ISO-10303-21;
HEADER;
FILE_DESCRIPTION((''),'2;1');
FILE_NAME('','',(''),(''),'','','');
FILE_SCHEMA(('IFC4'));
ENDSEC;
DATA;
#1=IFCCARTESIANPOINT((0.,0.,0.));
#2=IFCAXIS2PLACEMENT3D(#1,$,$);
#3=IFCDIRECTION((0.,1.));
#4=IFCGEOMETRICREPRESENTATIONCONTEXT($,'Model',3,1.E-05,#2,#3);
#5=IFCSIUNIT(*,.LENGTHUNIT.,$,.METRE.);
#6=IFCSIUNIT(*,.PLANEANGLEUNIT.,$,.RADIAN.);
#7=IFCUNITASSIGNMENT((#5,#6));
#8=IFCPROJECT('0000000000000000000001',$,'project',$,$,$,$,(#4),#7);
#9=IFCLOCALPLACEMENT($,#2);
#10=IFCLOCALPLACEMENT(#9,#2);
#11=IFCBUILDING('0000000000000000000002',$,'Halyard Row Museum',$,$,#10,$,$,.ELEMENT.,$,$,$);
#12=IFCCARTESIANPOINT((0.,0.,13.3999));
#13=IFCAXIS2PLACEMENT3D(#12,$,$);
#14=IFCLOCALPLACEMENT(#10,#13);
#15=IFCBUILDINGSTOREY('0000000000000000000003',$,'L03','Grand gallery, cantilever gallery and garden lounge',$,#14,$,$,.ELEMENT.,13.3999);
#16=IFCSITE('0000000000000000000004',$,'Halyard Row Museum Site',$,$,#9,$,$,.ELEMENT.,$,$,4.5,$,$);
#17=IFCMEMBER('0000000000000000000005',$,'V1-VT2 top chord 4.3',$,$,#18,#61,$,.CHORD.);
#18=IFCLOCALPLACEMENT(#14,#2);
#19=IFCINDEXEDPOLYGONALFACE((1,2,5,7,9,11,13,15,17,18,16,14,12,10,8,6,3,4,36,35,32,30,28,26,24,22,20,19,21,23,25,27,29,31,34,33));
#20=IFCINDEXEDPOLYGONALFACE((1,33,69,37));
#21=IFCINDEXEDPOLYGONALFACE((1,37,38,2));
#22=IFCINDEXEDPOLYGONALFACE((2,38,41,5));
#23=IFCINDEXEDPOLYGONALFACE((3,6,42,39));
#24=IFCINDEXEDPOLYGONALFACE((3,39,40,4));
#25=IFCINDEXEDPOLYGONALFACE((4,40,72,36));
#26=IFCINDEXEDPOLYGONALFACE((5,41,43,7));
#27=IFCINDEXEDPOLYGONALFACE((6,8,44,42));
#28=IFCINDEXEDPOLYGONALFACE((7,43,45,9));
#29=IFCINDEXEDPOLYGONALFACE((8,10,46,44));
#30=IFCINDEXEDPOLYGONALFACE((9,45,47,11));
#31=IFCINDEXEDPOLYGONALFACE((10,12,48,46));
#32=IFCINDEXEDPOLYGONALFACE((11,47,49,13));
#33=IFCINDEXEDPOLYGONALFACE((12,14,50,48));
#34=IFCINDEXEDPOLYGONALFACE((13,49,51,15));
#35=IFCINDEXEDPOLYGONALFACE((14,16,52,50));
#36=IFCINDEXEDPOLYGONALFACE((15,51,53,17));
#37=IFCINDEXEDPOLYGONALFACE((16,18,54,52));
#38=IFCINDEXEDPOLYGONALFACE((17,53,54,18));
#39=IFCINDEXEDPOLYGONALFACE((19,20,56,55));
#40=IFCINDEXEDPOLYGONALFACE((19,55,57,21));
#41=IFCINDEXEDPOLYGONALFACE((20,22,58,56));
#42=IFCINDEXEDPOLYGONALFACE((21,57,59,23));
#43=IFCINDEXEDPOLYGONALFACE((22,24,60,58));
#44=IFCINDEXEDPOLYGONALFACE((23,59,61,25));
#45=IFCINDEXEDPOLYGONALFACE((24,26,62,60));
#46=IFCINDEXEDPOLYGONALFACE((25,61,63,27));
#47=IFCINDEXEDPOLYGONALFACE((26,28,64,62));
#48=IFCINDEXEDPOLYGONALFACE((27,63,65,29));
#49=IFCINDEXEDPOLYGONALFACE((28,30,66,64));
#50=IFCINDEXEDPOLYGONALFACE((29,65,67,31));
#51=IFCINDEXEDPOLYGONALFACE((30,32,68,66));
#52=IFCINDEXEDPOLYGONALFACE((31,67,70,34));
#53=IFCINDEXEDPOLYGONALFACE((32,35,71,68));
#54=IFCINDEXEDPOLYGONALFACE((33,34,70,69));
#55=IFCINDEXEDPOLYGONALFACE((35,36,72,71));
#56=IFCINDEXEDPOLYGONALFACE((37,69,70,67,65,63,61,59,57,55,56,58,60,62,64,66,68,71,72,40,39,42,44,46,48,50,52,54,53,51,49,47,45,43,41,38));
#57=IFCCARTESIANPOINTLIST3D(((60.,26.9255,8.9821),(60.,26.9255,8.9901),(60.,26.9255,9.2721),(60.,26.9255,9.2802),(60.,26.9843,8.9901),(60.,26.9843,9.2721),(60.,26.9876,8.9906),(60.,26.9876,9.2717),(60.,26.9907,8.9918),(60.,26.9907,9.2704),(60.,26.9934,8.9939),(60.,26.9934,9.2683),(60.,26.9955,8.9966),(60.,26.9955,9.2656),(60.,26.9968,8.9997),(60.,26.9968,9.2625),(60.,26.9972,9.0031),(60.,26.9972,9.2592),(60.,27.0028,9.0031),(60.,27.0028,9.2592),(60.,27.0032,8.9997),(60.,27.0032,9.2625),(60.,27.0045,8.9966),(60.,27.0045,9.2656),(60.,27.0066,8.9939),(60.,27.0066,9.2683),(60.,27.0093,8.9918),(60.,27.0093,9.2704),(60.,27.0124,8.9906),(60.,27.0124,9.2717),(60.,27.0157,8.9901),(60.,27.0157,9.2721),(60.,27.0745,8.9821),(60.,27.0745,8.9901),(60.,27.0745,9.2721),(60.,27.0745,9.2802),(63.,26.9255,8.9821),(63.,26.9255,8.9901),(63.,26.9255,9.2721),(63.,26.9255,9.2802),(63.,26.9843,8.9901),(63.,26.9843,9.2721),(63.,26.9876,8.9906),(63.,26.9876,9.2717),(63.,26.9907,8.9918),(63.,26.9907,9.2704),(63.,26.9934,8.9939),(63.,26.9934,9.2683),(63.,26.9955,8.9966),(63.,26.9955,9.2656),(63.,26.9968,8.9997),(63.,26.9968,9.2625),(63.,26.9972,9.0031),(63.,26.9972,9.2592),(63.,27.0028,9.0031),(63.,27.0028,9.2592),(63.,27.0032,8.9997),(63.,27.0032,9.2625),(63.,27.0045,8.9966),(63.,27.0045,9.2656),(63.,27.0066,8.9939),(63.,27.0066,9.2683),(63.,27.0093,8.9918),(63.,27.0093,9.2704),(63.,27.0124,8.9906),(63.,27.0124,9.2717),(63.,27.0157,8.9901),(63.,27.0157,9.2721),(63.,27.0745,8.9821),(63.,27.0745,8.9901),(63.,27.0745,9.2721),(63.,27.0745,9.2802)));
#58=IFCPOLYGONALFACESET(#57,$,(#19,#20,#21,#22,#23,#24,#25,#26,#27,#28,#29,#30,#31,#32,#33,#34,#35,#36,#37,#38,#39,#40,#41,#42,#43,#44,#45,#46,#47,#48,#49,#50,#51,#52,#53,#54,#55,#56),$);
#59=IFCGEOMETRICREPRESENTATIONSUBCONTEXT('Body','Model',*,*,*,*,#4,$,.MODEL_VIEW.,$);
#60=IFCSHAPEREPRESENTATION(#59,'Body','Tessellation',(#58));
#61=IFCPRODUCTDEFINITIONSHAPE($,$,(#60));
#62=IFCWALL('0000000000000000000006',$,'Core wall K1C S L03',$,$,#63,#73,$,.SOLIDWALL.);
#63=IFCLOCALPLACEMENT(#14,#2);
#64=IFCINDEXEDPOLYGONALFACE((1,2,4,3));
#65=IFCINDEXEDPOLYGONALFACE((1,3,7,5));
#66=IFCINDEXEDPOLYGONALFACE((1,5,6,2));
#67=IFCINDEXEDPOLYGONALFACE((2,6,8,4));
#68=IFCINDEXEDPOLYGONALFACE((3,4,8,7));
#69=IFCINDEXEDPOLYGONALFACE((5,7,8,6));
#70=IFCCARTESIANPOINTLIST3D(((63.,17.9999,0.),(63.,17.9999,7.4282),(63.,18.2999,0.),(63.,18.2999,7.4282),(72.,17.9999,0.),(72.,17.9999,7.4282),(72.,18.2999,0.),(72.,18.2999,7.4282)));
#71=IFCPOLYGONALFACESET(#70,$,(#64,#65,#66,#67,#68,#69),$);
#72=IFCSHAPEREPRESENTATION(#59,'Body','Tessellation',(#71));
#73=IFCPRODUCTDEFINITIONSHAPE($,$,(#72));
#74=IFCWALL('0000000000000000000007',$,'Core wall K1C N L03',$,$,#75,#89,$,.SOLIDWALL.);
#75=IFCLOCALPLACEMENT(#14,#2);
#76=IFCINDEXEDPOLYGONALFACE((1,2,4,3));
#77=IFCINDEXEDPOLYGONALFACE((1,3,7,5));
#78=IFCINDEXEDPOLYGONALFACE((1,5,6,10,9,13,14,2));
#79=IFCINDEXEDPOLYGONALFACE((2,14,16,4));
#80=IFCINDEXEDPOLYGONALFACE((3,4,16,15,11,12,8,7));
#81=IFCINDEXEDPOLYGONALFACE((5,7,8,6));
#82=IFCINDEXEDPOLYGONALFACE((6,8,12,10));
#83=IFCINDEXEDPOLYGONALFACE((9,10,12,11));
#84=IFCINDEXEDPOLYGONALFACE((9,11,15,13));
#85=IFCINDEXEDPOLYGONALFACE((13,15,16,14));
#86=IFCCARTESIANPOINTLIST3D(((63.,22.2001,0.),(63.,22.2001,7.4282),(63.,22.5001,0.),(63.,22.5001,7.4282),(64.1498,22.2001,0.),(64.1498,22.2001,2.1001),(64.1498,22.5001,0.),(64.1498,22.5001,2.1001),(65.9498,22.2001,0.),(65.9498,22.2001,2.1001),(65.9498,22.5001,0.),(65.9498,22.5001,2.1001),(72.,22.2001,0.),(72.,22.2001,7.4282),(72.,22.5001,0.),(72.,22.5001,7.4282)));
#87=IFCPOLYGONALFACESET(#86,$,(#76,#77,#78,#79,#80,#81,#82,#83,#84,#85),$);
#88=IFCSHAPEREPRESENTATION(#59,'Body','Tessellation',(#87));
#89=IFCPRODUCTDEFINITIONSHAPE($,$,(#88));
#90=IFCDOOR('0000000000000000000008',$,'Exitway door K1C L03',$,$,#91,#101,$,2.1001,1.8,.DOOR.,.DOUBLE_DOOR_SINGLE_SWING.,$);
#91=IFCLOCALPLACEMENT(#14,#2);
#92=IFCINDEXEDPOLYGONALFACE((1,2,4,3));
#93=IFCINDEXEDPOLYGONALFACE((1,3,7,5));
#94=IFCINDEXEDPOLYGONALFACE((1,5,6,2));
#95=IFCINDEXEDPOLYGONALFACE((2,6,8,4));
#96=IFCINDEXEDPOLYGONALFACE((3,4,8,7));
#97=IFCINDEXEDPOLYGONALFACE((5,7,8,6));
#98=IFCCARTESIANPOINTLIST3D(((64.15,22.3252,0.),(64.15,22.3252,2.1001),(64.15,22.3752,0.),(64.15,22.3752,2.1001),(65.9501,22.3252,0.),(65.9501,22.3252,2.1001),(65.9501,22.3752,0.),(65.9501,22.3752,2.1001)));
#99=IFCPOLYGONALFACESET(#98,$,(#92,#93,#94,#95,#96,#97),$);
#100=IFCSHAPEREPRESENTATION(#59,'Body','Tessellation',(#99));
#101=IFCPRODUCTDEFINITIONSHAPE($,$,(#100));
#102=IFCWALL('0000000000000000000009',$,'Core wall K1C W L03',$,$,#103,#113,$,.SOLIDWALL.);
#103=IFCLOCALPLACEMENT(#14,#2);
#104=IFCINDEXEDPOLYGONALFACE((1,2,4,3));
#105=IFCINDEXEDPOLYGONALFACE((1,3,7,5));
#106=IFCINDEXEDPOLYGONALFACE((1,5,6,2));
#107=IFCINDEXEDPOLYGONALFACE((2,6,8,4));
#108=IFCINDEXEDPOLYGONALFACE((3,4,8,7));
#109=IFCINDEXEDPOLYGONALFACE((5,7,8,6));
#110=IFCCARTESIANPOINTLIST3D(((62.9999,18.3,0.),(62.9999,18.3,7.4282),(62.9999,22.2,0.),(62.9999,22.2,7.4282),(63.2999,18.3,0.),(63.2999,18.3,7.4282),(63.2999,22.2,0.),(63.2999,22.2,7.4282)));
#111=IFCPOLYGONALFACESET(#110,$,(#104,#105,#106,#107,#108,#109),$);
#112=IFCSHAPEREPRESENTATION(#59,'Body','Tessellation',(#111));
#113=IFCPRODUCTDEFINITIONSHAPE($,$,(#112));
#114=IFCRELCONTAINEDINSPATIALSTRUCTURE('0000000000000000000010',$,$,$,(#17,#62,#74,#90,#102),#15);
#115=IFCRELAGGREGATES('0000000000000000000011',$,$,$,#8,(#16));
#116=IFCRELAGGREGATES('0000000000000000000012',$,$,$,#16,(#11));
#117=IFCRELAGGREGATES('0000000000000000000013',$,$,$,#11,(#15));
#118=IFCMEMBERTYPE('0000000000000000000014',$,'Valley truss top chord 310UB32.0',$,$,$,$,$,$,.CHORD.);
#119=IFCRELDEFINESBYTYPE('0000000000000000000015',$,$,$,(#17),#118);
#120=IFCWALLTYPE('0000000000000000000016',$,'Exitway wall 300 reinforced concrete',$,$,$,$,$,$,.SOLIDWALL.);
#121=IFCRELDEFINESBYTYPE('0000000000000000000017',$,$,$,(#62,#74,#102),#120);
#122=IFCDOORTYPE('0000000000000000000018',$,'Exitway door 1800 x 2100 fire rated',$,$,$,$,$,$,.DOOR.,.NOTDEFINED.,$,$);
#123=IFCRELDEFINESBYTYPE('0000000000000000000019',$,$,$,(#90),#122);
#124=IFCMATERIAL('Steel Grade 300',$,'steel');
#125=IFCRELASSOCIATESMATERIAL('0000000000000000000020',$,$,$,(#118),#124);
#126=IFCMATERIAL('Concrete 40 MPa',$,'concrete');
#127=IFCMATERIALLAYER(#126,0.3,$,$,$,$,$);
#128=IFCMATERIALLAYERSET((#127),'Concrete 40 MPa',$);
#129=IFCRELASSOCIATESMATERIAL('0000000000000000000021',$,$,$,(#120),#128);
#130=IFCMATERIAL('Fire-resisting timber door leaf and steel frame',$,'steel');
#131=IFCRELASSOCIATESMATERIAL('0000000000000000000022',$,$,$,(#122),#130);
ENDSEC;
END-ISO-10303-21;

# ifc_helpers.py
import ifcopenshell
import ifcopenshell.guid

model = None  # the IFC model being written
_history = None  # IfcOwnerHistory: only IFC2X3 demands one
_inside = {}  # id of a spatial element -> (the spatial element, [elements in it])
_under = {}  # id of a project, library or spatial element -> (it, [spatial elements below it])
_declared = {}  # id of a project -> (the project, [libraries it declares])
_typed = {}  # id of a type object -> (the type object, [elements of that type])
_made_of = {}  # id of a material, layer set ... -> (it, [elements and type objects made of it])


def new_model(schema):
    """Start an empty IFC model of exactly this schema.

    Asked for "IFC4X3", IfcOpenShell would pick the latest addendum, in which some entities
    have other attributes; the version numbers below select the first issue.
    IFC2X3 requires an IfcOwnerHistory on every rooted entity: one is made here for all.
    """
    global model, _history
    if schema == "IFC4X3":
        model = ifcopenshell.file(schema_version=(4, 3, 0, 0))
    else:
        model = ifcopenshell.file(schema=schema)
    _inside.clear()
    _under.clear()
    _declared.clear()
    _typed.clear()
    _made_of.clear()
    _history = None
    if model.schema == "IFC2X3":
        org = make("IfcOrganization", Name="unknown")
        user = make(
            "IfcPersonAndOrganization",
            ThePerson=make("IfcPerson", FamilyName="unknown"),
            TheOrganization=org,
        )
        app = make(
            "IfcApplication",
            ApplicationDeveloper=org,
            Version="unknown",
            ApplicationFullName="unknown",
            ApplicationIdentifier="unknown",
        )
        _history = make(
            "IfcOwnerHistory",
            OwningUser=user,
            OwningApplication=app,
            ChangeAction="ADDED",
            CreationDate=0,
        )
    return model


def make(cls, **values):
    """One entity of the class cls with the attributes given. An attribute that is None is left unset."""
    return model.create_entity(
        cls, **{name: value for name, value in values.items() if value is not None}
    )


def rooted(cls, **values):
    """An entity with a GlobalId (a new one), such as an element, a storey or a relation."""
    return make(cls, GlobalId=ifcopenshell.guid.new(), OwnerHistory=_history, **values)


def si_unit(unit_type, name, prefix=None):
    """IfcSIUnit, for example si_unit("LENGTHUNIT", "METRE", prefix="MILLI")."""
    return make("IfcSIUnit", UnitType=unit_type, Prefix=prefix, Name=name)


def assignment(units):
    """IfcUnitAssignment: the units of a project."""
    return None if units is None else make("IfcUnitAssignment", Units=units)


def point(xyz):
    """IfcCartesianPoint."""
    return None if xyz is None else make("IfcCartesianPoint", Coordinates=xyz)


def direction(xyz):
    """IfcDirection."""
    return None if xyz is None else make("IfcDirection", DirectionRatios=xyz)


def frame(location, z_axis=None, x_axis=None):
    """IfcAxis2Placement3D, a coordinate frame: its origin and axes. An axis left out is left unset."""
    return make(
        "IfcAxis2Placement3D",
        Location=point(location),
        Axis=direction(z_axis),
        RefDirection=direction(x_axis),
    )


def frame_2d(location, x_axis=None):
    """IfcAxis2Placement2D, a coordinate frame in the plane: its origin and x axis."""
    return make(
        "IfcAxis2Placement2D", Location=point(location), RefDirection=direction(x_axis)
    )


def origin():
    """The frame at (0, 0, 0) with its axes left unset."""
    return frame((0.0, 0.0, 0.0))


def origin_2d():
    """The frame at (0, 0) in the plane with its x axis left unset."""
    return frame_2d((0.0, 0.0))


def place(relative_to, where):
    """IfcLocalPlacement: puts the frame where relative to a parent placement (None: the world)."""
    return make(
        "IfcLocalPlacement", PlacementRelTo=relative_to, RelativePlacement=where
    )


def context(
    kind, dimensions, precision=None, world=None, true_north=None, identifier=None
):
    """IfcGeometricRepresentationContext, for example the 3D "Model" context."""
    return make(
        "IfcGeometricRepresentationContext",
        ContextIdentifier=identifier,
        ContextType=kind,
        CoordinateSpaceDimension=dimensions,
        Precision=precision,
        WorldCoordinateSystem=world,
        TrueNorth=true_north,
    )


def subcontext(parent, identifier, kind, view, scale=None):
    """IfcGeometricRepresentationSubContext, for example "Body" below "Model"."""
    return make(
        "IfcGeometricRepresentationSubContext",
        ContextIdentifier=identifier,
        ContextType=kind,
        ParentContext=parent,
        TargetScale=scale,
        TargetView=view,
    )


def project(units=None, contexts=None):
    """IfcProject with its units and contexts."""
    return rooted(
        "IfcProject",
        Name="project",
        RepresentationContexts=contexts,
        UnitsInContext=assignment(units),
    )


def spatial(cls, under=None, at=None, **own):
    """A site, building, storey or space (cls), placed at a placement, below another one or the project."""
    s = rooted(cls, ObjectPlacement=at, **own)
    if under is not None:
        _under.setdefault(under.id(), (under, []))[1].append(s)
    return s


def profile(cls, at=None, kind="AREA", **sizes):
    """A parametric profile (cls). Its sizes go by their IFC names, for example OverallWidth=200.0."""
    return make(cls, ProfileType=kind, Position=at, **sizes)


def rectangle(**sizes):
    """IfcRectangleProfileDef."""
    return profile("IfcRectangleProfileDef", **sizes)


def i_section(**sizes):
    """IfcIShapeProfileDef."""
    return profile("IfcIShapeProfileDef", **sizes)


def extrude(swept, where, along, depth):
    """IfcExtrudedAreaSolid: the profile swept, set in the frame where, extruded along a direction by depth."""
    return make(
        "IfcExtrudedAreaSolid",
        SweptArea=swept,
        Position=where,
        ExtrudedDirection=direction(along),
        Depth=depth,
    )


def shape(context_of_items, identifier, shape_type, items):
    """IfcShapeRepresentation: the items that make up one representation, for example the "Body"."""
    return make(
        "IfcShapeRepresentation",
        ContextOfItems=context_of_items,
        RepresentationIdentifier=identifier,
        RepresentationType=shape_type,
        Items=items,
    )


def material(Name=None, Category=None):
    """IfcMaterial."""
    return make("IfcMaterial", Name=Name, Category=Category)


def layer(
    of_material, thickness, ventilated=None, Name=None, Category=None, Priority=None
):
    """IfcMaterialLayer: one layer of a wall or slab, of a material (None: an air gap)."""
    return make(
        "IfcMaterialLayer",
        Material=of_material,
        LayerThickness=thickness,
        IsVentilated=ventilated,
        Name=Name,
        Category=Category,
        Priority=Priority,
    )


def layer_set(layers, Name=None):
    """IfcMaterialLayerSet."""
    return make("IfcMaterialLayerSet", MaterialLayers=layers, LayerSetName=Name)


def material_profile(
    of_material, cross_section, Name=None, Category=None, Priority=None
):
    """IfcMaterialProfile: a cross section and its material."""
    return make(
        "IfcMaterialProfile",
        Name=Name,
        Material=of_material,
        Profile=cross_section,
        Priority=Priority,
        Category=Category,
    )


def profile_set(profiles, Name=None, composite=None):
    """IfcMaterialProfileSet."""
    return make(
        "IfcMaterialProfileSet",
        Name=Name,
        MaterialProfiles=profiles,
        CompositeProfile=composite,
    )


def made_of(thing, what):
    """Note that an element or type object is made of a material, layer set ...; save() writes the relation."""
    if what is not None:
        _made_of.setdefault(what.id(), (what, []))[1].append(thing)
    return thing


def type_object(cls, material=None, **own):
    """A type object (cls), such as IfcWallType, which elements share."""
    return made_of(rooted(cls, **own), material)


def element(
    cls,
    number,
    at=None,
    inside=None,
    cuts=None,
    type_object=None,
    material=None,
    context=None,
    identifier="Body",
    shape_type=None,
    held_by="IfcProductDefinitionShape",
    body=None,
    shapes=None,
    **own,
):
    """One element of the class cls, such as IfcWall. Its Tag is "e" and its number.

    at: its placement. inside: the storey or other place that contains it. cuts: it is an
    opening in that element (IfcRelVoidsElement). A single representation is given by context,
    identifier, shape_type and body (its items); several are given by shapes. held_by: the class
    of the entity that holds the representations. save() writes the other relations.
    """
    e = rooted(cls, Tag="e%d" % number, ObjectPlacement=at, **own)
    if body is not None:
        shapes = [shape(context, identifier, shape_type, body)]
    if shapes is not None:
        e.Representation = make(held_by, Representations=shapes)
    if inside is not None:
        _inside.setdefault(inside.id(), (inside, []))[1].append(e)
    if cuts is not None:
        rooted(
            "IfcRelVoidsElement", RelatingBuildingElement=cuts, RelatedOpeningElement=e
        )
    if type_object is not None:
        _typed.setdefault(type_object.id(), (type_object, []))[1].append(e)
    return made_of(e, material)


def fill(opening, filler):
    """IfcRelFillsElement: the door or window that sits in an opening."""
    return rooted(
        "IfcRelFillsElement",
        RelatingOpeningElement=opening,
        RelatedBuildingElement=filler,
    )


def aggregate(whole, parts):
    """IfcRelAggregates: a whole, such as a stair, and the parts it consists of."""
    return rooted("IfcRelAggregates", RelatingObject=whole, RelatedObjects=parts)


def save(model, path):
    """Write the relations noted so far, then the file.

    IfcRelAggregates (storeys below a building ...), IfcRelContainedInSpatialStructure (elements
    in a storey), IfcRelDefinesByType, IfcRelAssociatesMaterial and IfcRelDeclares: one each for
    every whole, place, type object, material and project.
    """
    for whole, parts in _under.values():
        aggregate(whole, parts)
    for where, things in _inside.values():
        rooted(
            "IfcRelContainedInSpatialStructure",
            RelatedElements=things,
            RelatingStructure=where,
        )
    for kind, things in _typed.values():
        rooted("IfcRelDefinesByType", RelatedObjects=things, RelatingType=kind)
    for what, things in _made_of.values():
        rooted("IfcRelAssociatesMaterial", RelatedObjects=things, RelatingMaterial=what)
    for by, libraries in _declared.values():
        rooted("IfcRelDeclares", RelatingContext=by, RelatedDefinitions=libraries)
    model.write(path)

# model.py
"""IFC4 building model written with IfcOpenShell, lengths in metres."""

from ifc_helpers import new_model, si_unit, direction, frame, frame_2d, origin, origin_2d, place, context, subcontext, project, spatial, rectangle, i_section, extrude, material, layer, layer_set, material_profile, profile_set, type_object, element, fill, save


model = new_model("IFC4")

# Units and contexts
model_context = context("Model", 3, precision=1e-05, world=origin(), true_north=direction((0.0, 1.0)))
body_context = subcontext(model_context, "Body", "Model", "MODEL_VIEW")
ifc_project = project(units=[si_unit("LENGTHUNIT", "METRE"), si_unit("PLANEANGLEUNIT", "RADIAN")], contexts=[model_context])

# Site, building, storey
site_placement = place(None, origin())
site = spatial("IfcSite", under=ifc_project, at=site_placement, Name="Halyard Row Museum Site", CompositionType="ELEMENT", RefElevation=4.5)
building_placement = place(site_placement, origin())
building = spatial("IfcBuilding", under=site, at=building_placement, Name="Halyard Row Museum", CompositionType="ELEMENT")
storey_placement = place(building_placement, frame((0.0, 0.0, 13.3999)))
storey = spatial("IfcBuildingStorey", under=building, at=storey_placement, Name="L03", Description="Grand gallery, cantilever gallery and garden lounge", CompositionType="ELEMENT", Elevation=13.3999)

# Member
ifc_material_1 = material(Name="Steel Grade 300", Category="steel")
ifc_material_profile_1 = material_profile(ifc_material_1, i_section(OverallWidth=0.1489, OverallDepth=0.2981, WebThickness=0.0056, FlangeThickness=0.0081, FilletRadius=0.0129, at=origin_2d()), Name="310UB32.0")
ifc_profile_set_1 = profile_set([ifc_material_profile_1], Name="Steel Grade 300")
member_type_1 = type_object("IfcMemberType", Name="Valley truss top chord 310UB32.0", PredefinedType="CHORD", material=ifc_profile_set_1)
for number, where, z_axis, x_axis, name in (
    (1, (60.0, 27.0, 9.1311), (1.0, 0.0, 0.0), (0.0, 1.0, 0.0), "V1-VT2 top chord 4.3"),
):
    element("IfcMember", number, at=place(storey_placement, frame(where, z_axis=z_axis, x_axis=x_axis)), inside=storey, type_object=member_type_1, Name=name, PredefinedType="CHORD", context=body_context, shape_type="SweptSolid", body=[
        extrude(i_section(OverallWidth=0.1489, OverallDepth=0.2981, WebThickness=0.0056, FlangeThickness=0.0081, FilletRadius=0.0129, at=origin_2d()), origin(), (0.0, 0.0, 1.0), 3.0),
    ])

# Wall
ifc_material_2 = material(Name="Concrete 40 MPa", Category="concrete")
ifc_layer = layer(ifc_material_2, 0.3)
ifc_layer_set = layer_set([ifc_layer], Name="Concrete 40 MPa")
wall_type = type_object("IfcWallType", Name="Exitway wall 300 reinforced concrete", PredefinedType="SOLIDWALL", material=ifc_layer_set)
wall_1_placement = place(storey_placement, frame((63.0, 18.1499, 0.0), z_axis=(0.0, 0.0, 1.0), x_axis=(1.0, 0.0, 0.0)))
element("IfcWall", 2, at=wall_1_placement, inside=storey, type_object=wall_type, Name="Core wall K1C S L03", PredefinedType="SOLIDWALL", context=body_context, shape_type="SweptSolid", body=[
    extrude(rectangle(XDim=9.0, YDim=0.3, at=frame_2d((4.5, 0.0))), origin(), (0.0, 0.0, 1.0), 7.4282),
])

# Wall, opening, door
wall_2_placement = place(storey_placement, frame((63.0, 22.3501, 0.0), z_axis=(0.0, 0.0, 1.0), x_axis=(1.0, 0.0, 0.0)))
wall_2 = element("IfcWall", 3, at=wall_2_placement, inside=storey, type_object=wall_type, Name="Core wall K1C N L03", PredefinedType="SOLIDWALL", context=body_context, shape_type="SweptSolid", body=[
    extrude(rectangle(XDim=9.0, YDim=0.3, at=frame_2d((4.5, 0.0))), origin(), (0.0, 0.0, 1.0), 7.4282),
])
opening_placement = place(wall_2_placement, frame((1.1499, 0.0, 0.0)))
opening = element("IfcOpeningElement", 4, at=opening_placement, cuts=wall_2, PredefinedType="OPENING", context=body_context, shape_type="SweptSolid", body=[
    extrude(rectangle(XDim=1.8, YDim=2.1001, at=frame_2d((0.8999, 1.05))), frame((0.0, 0.1599, 0.0), z_axis=(0.0, -1.0, 0.0), x_axis=(1.0, 0.0, 0.0)), (0.0, 0.0, 1.0), 0.3201),
])
ifc_material_3 = material(Name="Fire-resisting timber door leaf and steel frame", Category="steel")
door_type = type_object("IfcDoorType", Name="Exitway door 1800 x 2100 fire rated", OperationType="NOTDEFINED", PredefinedType="DOOR", material=ifc_material_3)
door_placement = place(opening_placement, frame((1.8, 0.0, 0.0), z_axis=(0.0, 0.0, 1.0), x_axis=(-1.0, 0.0, 0.0)))
door = element("IfcDoor", 5, at=door_placement, inside=storey, type_object=door_type, Name="Exitway door K1C L03", OperationType="DOUBLE_DOOR_SINGLE_SWING", OverallHeight=2.1001, OverallWidth=1.8, PredefinedType="DOOR", context=body_context, shape_type="SweptSolid", body=[
    extrude(rectangle(XDim=1.8, YDim=2.1001, at=frame_2d((0.8999, 1.05))), frame((0.0, 0.0249, 0.0), z_axis=(0.0, -1.0, 0.0), x_axis=(1.0, 0.0, 0.0)), (0.0, 0.0, 1.0), 0.05),
])
fill(opening, door)

# Wall
wall_3_placement = place(storey_placement, frame((63.1499, 18.3, 0.0), z_axis=(0.0, 0.0, 1.0), x_axis=(0.0, 1.0, 0.0)))
element("IfcWall", 6, at=wall_3_placement, inside=storey, type_object=wall_type, Name="Core wall K1C W L03", PredefinedType="SOLIDWALL", context=body_context, shape_type="SweptSolid", body=[
    extrude(rectangle(XDim=3.8999, YDim=0.3, at=frame_2d((1.95, 0.0))), origin(), (0.0, 0.0, 1.0), 7.4282),
])

save(model, "model.ifc")
